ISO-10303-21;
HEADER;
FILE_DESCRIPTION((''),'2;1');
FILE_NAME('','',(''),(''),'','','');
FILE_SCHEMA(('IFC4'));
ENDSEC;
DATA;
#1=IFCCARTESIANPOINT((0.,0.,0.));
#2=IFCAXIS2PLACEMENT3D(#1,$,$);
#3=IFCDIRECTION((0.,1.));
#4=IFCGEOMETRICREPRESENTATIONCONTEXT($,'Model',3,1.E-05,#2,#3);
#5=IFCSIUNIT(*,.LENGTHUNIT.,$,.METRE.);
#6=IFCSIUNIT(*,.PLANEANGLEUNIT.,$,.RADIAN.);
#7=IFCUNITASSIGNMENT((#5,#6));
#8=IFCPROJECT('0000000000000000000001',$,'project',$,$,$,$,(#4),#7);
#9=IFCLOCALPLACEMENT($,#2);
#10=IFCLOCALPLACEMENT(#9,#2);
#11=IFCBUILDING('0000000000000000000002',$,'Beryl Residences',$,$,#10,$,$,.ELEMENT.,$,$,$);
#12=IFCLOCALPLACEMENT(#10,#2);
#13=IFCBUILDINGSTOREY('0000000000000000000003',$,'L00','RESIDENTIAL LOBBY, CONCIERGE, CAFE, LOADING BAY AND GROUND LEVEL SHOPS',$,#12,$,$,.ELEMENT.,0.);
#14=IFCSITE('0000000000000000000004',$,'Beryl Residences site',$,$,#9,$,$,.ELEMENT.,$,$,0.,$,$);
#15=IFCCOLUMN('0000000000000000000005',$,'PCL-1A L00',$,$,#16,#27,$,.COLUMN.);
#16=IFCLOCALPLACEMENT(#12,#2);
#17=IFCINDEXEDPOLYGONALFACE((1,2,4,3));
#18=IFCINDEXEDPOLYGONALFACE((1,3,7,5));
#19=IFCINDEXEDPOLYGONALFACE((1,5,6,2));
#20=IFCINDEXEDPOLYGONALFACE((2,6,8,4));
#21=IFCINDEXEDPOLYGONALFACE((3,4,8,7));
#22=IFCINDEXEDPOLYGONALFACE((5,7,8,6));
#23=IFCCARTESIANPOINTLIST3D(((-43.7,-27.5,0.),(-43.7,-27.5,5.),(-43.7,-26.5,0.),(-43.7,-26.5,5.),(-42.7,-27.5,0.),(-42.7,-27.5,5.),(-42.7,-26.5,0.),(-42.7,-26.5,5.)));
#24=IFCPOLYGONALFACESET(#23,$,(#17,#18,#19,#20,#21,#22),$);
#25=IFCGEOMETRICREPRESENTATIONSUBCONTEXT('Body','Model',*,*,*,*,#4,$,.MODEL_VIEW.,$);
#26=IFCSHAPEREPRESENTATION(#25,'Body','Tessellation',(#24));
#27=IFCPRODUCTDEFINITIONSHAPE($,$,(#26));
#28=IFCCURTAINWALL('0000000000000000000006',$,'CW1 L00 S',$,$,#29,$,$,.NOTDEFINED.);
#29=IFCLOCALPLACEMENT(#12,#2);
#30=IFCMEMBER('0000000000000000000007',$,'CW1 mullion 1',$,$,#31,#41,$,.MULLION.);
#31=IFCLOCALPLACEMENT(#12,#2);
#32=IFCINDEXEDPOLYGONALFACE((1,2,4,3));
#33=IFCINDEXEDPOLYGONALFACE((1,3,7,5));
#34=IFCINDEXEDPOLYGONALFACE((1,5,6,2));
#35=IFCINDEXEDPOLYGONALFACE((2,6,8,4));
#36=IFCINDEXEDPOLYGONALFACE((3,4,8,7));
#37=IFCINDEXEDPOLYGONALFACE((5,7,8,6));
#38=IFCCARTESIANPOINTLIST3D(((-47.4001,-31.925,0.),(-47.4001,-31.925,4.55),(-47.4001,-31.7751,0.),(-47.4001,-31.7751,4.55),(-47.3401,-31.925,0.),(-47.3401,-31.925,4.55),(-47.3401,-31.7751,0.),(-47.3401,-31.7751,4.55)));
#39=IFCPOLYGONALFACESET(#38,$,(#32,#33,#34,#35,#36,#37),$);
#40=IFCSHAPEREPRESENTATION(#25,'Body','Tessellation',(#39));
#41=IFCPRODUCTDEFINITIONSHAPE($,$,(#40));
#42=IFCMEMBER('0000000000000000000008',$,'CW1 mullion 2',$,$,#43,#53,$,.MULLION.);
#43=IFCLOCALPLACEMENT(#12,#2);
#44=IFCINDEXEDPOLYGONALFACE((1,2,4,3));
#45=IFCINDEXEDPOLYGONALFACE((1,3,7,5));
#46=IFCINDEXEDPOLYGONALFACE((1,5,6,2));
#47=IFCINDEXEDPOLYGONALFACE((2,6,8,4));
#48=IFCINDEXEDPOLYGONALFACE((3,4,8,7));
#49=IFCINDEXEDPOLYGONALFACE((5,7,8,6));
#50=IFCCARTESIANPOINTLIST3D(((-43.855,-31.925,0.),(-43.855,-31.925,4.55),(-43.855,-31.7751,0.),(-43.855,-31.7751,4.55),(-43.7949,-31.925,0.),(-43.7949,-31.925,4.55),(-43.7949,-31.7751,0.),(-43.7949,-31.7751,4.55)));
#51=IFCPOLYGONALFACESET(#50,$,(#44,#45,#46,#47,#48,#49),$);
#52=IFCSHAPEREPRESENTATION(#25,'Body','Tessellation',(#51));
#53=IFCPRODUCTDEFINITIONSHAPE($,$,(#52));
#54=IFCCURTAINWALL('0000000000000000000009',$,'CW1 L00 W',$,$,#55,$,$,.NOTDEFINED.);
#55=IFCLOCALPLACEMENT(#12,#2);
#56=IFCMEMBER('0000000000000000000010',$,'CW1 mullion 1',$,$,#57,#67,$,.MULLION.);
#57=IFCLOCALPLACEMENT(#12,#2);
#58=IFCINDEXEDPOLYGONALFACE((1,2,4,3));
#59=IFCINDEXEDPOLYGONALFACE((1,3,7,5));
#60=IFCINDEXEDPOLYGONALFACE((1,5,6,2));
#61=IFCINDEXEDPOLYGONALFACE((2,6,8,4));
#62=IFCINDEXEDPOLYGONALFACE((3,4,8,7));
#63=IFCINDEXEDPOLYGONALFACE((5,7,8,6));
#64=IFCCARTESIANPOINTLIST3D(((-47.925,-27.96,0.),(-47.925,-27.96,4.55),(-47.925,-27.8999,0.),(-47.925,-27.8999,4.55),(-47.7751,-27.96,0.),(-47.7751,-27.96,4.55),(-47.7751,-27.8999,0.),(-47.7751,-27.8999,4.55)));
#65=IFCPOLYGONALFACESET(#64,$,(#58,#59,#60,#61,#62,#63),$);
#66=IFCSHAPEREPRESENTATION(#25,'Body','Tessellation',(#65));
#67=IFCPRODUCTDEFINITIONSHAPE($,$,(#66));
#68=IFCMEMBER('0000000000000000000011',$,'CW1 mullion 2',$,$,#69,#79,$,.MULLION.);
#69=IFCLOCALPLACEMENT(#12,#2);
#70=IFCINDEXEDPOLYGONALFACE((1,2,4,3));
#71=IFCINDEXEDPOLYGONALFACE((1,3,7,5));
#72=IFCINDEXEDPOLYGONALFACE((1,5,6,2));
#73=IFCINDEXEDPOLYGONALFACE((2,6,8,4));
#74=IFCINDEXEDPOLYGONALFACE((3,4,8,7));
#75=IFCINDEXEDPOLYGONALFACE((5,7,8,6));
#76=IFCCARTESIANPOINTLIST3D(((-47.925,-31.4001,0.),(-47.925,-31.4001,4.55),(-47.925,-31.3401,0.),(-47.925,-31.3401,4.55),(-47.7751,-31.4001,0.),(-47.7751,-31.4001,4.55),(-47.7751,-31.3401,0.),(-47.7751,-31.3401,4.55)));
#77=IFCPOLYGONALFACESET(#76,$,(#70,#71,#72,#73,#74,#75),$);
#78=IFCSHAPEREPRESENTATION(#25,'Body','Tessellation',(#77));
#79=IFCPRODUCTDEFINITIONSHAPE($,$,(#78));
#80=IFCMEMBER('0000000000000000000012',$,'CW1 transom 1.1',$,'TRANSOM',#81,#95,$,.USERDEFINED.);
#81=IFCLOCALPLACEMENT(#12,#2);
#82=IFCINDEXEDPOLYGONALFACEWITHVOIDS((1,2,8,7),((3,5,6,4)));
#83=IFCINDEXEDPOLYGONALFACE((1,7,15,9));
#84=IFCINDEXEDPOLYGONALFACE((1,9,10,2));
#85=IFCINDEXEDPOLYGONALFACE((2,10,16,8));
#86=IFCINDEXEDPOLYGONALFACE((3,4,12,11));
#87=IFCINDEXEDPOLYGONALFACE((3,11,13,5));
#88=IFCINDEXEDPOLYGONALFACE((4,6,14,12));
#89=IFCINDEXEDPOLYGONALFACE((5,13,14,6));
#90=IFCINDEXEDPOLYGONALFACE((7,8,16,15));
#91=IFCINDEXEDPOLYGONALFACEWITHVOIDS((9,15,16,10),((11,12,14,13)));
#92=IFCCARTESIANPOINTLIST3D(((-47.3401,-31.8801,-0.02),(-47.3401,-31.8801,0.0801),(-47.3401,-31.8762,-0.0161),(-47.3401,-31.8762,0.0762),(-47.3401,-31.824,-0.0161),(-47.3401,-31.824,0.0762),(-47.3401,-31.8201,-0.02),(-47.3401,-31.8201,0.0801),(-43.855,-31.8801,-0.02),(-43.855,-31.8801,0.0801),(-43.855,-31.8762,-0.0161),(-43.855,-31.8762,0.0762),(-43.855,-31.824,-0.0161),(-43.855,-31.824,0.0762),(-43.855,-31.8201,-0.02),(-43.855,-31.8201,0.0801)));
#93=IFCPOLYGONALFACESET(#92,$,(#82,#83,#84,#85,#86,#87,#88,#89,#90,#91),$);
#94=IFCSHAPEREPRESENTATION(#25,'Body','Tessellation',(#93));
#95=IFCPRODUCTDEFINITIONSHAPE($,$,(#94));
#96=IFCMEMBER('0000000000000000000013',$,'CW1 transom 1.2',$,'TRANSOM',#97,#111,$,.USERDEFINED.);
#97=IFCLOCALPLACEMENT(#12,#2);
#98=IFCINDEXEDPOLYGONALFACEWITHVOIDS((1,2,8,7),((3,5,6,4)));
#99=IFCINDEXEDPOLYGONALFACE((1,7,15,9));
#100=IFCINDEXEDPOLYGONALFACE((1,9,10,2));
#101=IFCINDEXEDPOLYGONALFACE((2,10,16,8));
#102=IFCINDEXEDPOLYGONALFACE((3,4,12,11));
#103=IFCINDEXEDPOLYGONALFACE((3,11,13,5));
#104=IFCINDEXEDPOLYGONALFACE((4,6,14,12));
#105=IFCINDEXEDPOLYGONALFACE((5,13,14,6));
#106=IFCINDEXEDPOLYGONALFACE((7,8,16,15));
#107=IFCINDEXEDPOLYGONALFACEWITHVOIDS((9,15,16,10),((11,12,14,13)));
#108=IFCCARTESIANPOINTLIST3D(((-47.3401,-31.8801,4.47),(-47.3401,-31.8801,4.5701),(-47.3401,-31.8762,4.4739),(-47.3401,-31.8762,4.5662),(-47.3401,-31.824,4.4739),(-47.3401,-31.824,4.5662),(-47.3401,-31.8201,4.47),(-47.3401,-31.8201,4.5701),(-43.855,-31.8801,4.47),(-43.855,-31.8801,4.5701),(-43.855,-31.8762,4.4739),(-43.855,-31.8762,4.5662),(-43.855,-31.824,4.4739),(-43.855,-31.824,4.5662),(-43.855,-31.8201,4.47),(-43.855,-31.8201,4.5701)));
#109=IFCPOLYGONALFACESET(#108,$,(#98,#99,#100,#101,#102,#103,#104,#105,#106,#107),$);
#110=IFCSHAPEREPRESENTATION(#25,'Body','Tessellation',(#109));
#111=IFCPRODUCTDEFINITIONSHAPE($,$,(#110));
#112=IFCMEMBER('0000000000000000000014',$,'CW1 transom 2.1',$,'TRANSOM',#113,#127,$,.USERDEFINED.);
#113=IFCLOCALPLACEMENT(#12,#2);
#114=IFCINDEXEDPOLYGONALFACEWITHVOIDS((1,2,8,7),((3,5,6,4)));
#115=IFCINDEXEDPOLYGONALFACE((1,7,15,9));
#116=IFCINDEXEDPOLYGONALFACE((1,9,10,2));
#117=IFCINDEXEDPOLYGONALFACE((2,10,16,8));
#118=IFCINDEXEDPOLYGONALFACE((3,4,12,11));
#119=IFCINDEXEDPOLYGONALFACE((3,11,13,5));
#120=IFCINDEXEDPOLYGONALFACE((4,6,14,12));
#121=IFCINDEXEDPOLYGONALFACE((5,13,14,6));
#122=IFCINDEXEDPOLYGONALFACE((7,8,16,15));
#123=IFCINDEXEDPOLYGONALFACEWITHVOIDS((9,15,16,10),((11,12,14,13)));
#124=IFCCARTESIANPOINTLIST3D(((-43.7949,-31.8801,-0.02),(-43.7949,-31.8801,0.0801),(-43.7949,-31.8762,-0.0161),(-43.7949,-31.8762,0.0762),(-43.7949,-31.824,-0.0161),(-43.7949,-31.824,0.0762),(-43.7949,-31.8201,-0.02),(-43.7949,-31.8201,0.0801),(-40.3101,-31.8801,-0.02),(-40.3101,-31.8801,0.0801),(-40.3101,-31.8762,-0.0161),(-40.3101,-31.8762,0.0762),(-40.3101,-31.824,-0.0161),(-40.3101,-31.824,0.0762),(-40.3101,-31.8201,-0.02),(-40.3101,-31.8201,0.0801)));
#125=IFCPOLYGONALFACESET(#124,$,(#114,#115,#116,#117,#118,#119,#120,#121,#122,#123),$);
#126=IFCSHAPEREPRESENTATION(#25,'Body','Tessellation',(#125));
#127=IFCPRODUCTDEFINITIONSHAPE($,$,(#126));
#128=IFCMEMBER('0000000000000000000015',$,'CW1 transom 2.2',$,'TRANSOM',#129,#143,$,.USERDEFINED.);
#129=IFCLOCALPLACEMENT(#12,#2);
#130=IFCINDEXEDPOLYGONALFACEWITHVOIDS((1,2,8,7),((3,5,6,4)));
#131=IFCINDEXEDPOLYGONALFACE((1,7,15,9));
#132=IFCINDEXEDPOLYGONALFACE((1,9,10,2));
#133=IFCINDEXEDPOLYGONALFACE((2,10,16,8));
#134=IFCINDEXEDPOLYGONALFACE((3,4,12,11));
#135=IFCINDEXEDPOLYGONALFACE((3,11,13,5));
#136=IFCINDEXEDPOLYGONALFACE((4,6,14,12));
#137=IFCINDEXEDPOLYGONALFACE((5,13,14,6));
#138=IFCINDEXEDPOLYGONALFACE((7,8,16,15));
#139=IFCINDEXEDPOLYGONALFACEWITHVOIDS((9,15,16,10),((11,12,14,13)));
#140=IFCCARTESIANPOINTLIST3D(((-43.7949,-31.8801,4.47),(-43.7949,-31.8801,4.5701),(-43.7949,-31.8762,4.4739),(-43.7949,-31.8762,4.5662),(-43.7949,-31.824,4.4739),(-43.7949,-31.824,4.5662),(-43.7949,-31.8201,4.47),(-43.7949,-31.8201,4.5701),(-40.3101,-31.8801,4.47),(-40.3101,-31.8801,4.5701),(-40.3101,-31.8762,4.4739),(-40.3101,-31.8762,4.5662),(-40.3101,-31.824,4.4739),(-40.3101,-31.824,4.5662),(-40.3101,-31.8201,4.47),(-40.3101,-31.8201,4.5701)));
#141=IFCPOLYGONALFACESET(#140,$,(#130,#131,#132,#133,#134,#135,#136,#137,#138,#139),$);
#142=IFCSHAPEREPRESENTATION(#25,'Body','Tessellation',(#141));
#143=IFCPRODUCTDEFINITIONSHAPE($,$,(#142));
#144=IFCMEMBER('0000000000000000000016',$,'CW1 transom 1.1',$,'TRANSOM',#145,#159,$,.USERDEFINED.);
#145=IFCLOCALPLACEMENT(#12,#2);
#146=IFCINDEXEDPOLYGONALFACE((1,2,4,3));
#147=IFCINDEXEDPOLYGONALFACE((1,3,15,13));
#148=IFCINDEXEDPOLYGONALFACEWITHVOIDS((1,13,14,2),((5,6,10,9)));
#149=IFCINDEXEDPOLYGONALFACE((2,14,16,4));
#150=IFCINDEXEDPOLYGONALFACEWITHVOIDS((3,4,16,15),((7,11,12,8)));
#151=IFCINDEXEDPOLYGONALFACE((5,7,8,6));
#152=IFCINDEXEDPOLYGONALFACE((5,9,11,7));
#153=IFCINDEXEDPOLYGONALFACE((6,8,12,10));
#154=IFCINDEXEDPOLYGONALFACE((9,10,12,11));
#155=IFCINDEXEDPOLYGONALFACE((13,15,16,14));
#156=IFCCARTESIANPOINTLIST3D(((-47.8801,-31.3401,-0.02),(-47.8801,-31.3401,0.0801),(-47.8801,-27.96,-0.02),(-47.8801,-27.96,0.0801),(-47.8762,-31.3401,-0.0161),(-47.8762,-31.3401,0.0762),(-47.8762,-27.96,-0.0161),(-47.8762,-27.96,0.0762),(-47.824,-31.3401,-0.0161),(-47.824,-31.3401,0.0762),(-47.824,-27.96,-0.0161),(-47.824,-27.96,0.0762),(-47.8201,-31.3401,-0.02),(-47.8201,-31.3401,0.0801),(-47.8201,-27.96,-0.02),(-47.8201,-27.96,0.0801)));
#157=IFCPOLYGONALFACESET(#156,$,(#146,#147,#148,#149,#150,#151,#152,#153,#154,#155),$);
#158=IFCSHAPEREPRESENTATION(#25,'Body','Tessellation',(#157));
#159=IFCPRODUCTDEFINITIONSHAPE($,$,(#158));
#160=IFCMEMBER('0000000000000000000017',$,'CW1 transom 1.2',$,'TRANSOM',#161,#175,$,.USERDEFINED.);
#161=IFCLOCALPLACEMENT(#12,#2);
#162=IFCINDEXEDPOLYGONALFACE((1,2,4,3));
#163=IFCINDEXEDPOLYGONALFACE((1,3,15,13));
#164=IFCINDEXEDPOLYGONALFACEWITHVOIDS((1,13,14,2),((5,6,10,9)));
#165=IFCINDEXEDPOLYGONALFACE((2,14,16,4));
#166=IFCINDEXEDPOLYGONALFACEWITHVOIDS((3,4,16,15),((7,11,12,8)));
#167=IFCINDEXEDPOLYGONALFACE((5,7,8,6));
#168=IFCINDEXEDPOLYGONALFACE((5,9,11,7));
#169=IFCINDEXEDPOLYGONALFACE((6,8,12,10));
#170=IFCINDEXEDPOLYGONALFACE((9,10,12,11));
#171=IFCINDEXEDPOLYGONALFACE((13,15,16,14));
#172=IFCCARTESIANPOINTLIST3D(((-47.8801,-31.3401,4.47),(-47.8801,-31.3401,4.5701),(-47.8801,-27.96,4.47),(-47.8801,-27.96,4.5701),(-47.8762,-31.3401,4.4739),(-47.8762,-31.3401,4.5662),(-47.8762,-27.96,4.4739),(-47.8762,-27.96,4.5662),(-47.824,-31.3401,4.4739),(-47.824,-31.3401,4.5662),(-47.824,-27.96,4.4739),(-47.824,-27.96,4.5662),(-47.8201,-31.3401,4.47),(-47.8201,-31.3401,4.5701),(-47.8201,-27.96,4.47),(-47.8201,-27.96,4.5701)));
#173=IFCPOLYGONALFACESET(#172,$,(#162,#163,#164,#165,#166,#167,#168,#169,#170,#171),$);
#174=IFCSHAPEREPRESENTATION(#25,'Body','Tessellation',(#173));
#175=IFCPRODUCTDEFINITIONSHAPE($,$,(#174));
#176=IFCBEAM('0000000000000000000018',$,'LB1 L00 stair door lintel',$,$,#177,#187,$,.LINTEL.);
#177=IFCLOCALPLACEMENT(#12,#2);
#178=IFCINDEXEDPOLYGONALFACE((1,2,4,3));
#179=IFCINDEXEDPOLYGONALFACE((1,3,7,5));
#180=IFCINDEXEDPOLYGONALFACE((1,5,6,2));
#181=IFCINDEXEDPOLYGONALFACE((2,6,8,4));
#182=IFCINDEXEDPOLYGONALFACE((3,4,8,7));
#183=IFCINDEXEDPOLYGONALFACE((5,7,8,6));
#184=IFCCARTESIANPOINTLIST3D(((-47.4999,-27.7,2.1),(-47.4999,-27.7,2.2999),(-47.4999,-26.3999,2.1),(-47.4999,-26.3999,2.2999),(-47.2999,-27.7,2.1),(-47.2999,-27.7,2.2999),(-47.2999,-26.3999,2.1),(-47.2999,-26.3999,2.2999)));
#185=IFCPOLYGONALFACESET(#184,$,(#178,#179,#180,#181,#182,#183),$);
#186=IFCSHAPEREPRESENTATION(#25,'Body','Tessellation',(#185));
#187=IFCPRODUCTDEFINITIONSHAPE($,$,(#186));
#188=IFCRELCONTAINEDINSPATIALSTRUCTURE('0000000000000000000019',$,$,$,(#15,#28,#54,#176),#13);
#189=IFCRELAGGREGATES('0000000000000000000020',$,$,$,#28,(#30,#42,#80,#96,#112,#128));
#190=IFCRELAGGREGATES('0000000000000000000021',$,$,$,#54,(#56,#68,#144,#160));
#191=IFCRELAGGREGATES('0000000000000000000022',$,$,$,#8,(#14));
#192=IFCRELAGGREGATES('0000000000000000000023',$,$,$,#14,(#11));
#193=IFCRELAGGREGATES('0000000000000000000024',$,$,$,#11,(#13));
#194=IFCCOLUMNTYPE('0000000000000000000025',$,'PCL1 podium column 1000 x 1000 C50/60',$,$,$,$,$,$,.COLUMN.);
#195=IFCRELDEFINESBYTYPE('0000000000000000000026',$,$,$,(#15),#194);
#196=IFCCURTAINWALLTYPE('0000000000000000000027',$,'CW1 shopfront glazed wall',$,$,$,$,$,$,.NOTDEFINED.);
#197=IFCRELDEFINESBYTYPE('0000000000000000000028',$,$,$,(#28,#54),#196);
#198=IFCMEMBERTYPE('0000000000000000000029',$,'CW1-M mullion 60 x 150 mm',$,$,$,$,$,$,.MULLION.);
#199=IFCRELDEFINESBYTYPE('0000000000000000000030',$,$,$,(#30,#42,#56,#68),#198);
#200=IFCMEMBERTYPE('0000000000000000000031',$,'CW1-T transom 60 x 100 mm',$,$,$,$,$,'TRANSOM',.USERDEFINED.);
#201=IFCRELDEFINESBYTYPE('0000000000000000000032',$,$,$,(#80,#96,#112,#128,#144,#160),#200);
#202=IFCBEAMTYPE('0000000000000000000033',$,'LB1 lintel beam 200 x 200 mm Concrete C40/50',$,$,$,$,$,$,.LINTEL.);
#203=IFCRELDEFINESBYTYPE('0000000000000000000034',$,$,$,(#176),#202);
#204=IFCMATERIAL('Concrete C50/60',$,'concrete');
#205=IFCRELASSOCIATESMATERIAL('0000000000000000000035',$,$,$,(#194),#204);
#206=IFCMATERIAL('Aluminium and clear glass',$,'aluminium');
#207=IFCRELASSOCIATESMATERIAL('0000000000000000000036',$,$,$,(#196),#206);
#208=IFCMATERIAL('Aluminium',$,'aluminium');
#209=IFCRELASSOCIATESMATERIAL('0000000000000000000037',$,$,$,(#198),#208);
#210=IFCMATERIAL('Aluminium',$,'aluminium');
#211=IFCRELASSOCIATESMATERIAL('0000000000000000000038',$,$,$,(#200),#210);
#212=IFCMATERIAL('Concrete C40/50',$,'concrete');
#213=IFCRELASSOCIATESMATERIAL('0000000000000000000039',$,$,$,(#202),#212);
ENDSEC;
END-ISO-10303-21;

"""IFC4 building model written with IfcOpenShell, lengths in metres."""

from ifc_helpers import new_model, si_unit, direction, frame, origin, origin_2d, place, context, subcontext, project, spatial, rectangle, hollow_rectangle, extrude, material, material_profile, profile_set, type_object, element, aggregate, save


model = new_model("IFC4")

# Units and contexts
model_context = context("Model", 3, precision=1e-05, world=origin(), true_north=direction((0.0, 1.0)))
body_context = subcontext(model_context, "Body", "Model", "MODEL_VIEW")
ifc_project = project(units=[si_unit("LENGTHUNIT", "METRE"), si_unit("PLANEANGLEUNIT", "RADIAN")], contexts=[model_context])

# Site, building, storey
site_placement = place(None, origin())
site = spatial("IfcSite", under=ifc_project, at=site_placement, Name="Beryl Residences site", CompositionType="ELEMENT", RefElevation=0.0)
building_placement = place(site_placement, origin())
building = spatial("IfcBuilding", under=site, at=building_placement, Name="Beryl Residences", CompositionType="ELEMENT")
storey_placement = place(building_placement, origin())
storey = spatial("IfcBuildingStorey", under=building, at=storey_placement, Name="L00", Description="RESIDENTIAL LOBBY, CONCIERGE, CAFE, LOADING BAY AND GROUND LEVEL SHOPS", CompositionType="ELEMENT", Elevation=0.0)

# Column
ifc_material_1 = material(Name="Concrete C50/60", Category="concrete")
ifc_material_profile_1 = material_profile(ifc_material_1, rectangle(XDim=1.0, YDim=1.0, at=origin_2d()))
ifc_profile_set_1 = profile_set([ifc_material_profile_1], Name="Concrete C50/60")
column_type = type_object("IfcColumnType", Name="PCL1 podium column 1000 x 1000 C50/60", PredefinedType="COLUMN", material=ifc_profile_set_1)
column_placement = place(storey_placement, frame((-43.2, -27.0, 0.0), z_axis=(0.0, 0.0, 1.0), x_axis=(1.0, 0.0, 0.0)))
element("IfcColumn", 1, at=column_placement, inside=storey, type_object=column_type, Name="PCL-1A L00", PredefinedType="COLUMN", context=body_context, shape_type="SweptSolid", body=[
    extrude(rectangle(XDim=1.0, YDim=1.0, at=origin_2d()), origin(), (0.0, 0.0, 1.0), 5.0),
])

# Curtain walls, members
ifc_material_2 = material(Name="Aluminium and clear glass", Category="aluminium")
curtain_wall_type = type_object("IfcCurtainWallType", Name="CW1 shopfront glazed wall", PredefinedType="NOTDEFINED", material=ifc_material_2)
curtain_wall_1_placement = place(storey_placement, origin())
curtain_wall_1 = element("IfcCurtainWall", 2, at=curtain_wall_1_placement, inside=storey, type_object=curtain_wall_type, Name="CW1 L00 S", PredefinedType="NOTDEFINED")
ifc_material_3 = material(Name="Aluminium", Category="aluminium")
ifc_material_profile_2 = material_profile(ifc_material_3, rectangle(XDim=0.0601, YDim=0.1499, at=origin_2d()))
ifc_profile_set_2 = profile_set([ifc_material_profile_2], Name="Aluminium")
member_type_1 = type_object("IfcMemberType", Name="CW1-M mullion 60 x 150 mm", PredefinedType="MULLION", material=ifc_profile_set_2)
member_1_placement = place(storey_placement, frame((-47.3701, -31.8501, 0.0), z_axis=(0.0, 0.0, 1.0), x_axis=(1.0, 0.0, 0.0)))
member_1 = element("IfcMember", 3, at=member_1_placement, type_object=member_type_1, Name="CW1 mullion 1", PredefinedType="MULLION", context=body_context, shape_type="SweptSolid", body=[
    extrude(rectangle(XDim=0.0601, YDim=0.1499, at=origin_2d()), origin(), (0.0, 0.0, 1.0), 4.55),
])
member_2_placement = place(storey_placement, frame((-43.825, -31.8501, 0.0), z_axis=(0.0, 0.0, 1.0), x_axis=(1.0, 0.0, 0.0)))
member_2 = element("IfcMember", 4, at=member_2_placement, type_object=member_type_1, Name="CW1 mullion 2", PredefinedType="MULLION", context=body_context, shape_type="SweptSolid", body=[
    extrude(rectangle(XDim=0.0601, YDim=0.1499, at=origin_2d()), origin(), (0.0, 0.0, 1.0), 4.55),
])
curtain_wall_2_placement = place(storey_placement, origin())
curtain_wall_2 = element("IfcCurtainWall", 5, at=curtain_wall_2_placement, inside=storey, type_object=curtain_wall_type, Name="CW1 L00 W", PredefinedType="NOTDEFINED")
member_3_placement = place(storey_placement, frame((-47.8501, -27.9299, 0.0), z_axis=(0.0, 0.0, 1.0), x_axis=(0.0, -1.0, 0.0)))
member_3 = element("IfcMember", 6, at=member_3_placement, type_object=member_type_1, Name="CW1 mullion 1", PredefinedType="MULLION", context=body_context, shape_type="SweptSolid", body=[
    extrude(rectangle(XDim=0.0601, YDim=0.1499, at=origin_2d()), origin(), (0.0, 0.0, 1.0), 4.55),
])
member_4_placement = place(storey_placement, frame((-47.8501, -31.3701, 0.0), z_axis=(0.0, 0.0, 1.0), x_axis=(0.0, -1.0, 0.0)))
member_4 = element("IfcMember", 7, at=member_4_placement, type_object=member_type_1, Name="CW1 mullion 2", PredefinedType="MULLION", context=body_context, shape_type="SweptSolid", body=[
    extrude(rectangle(XDim=0.0601, YDim=0.1499, at=origin_2d()), origin(), (0.0, 0.0, 1.0), 4.55),
])

# Members
ifc_material_4 = material(Name="Aluminium", Category="aluminium")
ifc_material_profile_3 = material_profile(ifc_material_4, hollow_rectangle(XDim=0.0601, YDim=0.1001, WallThickness=0.0039, at=origin_2d()))
ifc_profile_set_3 = profile_set([ifc_material_profile_3], Name="Aluminium")
member_type_2 = type_object("IfcMemberType", Name="CW1-T transom 60 x 100 mm", ElementType="TRANSOM", PredefinedType="USERDEFINED", material=ifc_profile_set_3)
member_5_placement = place(storey_placement, frame((-47.3401, -31.8501, 0.03), z_axis=(1.0, 0.0, 0.0), x_axis=(0.0, 1.0, 0.0)))
member_5 = element("IfcMember", 8, at=member_5_placement, type_object=member_type_2, Name="CW1 transom 1.1", ObjectType="TRANSOM", PredefinedType="USERDEFINED", context=body_context, shape_type="SweptSolid", body=[
    extrude(hollow_rectangle(XDim=0.0601, YDim=0.1001, WallThickness=0.0039, at=origin_2d()), origin(), (0.0, 0.0, 1.0), 3.4851),
])
member_6_placement = place(storey_placement, frame((-47.3401, -31.8501, 4.52), z_axis=(1.0, 0.0, 0.0), x_axis=(0.0, 1.0, 0.0)))
member_6 = element("IfcMember", 9, at=member_6_placement, type_object=member_type_2, Name="CW1 transom 1.2", ObjectType="TRANSOM", PredefinedType="USERDEFINED", context=body_context, shape_type="SweptSolid", body=[
    extrude(hollow_rectangle(XDim=0.0601, YDim=0.1001, WallThickness=0.0039, at=origin_2d()), origin(), (0.0, 0.0, 1.0), 3.4851),
])
member_7_placement = place(storey_placement, frame((-43.7949, -31.8501, 0.03), z_axis=(1.0, 0.0, 0.0), x_axis=(0.0, 1.0, 0.0)))
member_7 = element("IfcMember", 10, at=member_7_placement, type_object=member_type_2, Name="CW1 transom 2.1", ObjectType="TRANSOM", PredefinedType="USERDEFINED", context=body_context, shape_type="SweptSolid", body=[
    extrude(hollow_rectangle(XDim=0.0601, YDim=0.1001, WallThickness=0.0039, at=origin_2d()), origin(), (0.0, 0.0, 1.0), 3.4849),
])
member_8_placement = place(storey_placement, frame((-43.7949, -31.8501, 4.52), z_axis=(1.0, 0.0, 0.0), x_axis=(0.0, 1.0, 0.0)))
member_8 = element("IfcMember", 11, at=member_8_placement, type_object=member_type_2, Name="CW1 transom 2.2", ObjectType="TRANSOM", PredefinedType="USERDEFINED", context=body_context, shape_type="SweptSolid", body=[
    extrude(hollow_rectangle(XDim=0.0601, YDim=0.1001, WallThickness=0.0039, at=origin_2d()), origin(), (0.0, 0.0, 1.0), 3.4849),
])
member_9_placement = place(storey_placement, frame((-47.8501, -27.96, 0.03), z_axis=(0.0, -1.0, 0.0), x_axis=(1.0, 0.0, 0.0)))
member_9 = element("IfcMember", 12, at=member_9_placement, type_object=member_type_2, Name="CW1 transom 1.1", ObjectType="TRANSOM", PredefinedType="USERDEFINED", context=body_context, shape_type="SweptSolid", body=[
    extrude(hollow_rectangle(XDim=0.0601, YDim=0.1001, WallThickness=0.0039, at=origin_2d()), origin(), (0.0, 0.0, 1.0), 3.3801),
])
member_10_placement = place(storey_placement, frame((-47.8501, -27.96, 4.52), z_axis=(0.0, -1.0, 0.0), x_axis=(1.0, 0.0, 0.0)))
member_10 = element("IfcMember", 13, at=member_10_placement, type_object=member_type_2, Name="CW1 transom 1.2", ObjectType="TRANSOM", PredefinedType="USERDEFINED", context=body_context, shape_type="SweptSolid", body=[
    extrude(hollow_rectangle(XDim=0.0601, YDim=0.1001, WallThickness=0.0039, at=origin_2d()), origin(), (0.0, 0.0, 1.0), 3.3801),
])

# Beam
ifc_material_5 = material(Name="Concrete C40/50", Category="concrete")
ifc_material_profile_4 = material_profile(ifc_material_5, rectangle(XDim=0.2, YDim=0.2, at=origin_2d()))
ifc_profile_set_4 = profile_set([ifc_material_profile_4], Name="Concrete C40/50")
beam_type = type_object("IfcBeamType", Name="LB1 lintel beam 200 x 200 mm Concrete C40/50", PredefinedType="LINTEL", material=ifc_profile_set_4)
beam_placement = place(storey_placement, frame((-47.3999, -27.7, 2.2), z_axis=(0.0, 1.0, 0.0), x_axis=(-1.0, 0.0, 0.0)))
element("IfcBeam", 14, at=beam_placement, inside=storey, type_object=beam_type, Name="LB1 L00 stair door lintel", PredefinedType="LINTEL", context=body_context, shape_type="SweptSolid", body=[
    extrude(rectangle(XDim=0.2, YDim=0.2, at=origin_2d()), origin(), (0.0, 0.0, 1.0), 1.3),
])

aggregate(curtain_wall_1, [member_1, member_2, member_5, member_6, member_7, member_8])
aggregate(curtain_wall_2, [member_3, member_4, member_9, member_10])

save(model, "model.ifc")
